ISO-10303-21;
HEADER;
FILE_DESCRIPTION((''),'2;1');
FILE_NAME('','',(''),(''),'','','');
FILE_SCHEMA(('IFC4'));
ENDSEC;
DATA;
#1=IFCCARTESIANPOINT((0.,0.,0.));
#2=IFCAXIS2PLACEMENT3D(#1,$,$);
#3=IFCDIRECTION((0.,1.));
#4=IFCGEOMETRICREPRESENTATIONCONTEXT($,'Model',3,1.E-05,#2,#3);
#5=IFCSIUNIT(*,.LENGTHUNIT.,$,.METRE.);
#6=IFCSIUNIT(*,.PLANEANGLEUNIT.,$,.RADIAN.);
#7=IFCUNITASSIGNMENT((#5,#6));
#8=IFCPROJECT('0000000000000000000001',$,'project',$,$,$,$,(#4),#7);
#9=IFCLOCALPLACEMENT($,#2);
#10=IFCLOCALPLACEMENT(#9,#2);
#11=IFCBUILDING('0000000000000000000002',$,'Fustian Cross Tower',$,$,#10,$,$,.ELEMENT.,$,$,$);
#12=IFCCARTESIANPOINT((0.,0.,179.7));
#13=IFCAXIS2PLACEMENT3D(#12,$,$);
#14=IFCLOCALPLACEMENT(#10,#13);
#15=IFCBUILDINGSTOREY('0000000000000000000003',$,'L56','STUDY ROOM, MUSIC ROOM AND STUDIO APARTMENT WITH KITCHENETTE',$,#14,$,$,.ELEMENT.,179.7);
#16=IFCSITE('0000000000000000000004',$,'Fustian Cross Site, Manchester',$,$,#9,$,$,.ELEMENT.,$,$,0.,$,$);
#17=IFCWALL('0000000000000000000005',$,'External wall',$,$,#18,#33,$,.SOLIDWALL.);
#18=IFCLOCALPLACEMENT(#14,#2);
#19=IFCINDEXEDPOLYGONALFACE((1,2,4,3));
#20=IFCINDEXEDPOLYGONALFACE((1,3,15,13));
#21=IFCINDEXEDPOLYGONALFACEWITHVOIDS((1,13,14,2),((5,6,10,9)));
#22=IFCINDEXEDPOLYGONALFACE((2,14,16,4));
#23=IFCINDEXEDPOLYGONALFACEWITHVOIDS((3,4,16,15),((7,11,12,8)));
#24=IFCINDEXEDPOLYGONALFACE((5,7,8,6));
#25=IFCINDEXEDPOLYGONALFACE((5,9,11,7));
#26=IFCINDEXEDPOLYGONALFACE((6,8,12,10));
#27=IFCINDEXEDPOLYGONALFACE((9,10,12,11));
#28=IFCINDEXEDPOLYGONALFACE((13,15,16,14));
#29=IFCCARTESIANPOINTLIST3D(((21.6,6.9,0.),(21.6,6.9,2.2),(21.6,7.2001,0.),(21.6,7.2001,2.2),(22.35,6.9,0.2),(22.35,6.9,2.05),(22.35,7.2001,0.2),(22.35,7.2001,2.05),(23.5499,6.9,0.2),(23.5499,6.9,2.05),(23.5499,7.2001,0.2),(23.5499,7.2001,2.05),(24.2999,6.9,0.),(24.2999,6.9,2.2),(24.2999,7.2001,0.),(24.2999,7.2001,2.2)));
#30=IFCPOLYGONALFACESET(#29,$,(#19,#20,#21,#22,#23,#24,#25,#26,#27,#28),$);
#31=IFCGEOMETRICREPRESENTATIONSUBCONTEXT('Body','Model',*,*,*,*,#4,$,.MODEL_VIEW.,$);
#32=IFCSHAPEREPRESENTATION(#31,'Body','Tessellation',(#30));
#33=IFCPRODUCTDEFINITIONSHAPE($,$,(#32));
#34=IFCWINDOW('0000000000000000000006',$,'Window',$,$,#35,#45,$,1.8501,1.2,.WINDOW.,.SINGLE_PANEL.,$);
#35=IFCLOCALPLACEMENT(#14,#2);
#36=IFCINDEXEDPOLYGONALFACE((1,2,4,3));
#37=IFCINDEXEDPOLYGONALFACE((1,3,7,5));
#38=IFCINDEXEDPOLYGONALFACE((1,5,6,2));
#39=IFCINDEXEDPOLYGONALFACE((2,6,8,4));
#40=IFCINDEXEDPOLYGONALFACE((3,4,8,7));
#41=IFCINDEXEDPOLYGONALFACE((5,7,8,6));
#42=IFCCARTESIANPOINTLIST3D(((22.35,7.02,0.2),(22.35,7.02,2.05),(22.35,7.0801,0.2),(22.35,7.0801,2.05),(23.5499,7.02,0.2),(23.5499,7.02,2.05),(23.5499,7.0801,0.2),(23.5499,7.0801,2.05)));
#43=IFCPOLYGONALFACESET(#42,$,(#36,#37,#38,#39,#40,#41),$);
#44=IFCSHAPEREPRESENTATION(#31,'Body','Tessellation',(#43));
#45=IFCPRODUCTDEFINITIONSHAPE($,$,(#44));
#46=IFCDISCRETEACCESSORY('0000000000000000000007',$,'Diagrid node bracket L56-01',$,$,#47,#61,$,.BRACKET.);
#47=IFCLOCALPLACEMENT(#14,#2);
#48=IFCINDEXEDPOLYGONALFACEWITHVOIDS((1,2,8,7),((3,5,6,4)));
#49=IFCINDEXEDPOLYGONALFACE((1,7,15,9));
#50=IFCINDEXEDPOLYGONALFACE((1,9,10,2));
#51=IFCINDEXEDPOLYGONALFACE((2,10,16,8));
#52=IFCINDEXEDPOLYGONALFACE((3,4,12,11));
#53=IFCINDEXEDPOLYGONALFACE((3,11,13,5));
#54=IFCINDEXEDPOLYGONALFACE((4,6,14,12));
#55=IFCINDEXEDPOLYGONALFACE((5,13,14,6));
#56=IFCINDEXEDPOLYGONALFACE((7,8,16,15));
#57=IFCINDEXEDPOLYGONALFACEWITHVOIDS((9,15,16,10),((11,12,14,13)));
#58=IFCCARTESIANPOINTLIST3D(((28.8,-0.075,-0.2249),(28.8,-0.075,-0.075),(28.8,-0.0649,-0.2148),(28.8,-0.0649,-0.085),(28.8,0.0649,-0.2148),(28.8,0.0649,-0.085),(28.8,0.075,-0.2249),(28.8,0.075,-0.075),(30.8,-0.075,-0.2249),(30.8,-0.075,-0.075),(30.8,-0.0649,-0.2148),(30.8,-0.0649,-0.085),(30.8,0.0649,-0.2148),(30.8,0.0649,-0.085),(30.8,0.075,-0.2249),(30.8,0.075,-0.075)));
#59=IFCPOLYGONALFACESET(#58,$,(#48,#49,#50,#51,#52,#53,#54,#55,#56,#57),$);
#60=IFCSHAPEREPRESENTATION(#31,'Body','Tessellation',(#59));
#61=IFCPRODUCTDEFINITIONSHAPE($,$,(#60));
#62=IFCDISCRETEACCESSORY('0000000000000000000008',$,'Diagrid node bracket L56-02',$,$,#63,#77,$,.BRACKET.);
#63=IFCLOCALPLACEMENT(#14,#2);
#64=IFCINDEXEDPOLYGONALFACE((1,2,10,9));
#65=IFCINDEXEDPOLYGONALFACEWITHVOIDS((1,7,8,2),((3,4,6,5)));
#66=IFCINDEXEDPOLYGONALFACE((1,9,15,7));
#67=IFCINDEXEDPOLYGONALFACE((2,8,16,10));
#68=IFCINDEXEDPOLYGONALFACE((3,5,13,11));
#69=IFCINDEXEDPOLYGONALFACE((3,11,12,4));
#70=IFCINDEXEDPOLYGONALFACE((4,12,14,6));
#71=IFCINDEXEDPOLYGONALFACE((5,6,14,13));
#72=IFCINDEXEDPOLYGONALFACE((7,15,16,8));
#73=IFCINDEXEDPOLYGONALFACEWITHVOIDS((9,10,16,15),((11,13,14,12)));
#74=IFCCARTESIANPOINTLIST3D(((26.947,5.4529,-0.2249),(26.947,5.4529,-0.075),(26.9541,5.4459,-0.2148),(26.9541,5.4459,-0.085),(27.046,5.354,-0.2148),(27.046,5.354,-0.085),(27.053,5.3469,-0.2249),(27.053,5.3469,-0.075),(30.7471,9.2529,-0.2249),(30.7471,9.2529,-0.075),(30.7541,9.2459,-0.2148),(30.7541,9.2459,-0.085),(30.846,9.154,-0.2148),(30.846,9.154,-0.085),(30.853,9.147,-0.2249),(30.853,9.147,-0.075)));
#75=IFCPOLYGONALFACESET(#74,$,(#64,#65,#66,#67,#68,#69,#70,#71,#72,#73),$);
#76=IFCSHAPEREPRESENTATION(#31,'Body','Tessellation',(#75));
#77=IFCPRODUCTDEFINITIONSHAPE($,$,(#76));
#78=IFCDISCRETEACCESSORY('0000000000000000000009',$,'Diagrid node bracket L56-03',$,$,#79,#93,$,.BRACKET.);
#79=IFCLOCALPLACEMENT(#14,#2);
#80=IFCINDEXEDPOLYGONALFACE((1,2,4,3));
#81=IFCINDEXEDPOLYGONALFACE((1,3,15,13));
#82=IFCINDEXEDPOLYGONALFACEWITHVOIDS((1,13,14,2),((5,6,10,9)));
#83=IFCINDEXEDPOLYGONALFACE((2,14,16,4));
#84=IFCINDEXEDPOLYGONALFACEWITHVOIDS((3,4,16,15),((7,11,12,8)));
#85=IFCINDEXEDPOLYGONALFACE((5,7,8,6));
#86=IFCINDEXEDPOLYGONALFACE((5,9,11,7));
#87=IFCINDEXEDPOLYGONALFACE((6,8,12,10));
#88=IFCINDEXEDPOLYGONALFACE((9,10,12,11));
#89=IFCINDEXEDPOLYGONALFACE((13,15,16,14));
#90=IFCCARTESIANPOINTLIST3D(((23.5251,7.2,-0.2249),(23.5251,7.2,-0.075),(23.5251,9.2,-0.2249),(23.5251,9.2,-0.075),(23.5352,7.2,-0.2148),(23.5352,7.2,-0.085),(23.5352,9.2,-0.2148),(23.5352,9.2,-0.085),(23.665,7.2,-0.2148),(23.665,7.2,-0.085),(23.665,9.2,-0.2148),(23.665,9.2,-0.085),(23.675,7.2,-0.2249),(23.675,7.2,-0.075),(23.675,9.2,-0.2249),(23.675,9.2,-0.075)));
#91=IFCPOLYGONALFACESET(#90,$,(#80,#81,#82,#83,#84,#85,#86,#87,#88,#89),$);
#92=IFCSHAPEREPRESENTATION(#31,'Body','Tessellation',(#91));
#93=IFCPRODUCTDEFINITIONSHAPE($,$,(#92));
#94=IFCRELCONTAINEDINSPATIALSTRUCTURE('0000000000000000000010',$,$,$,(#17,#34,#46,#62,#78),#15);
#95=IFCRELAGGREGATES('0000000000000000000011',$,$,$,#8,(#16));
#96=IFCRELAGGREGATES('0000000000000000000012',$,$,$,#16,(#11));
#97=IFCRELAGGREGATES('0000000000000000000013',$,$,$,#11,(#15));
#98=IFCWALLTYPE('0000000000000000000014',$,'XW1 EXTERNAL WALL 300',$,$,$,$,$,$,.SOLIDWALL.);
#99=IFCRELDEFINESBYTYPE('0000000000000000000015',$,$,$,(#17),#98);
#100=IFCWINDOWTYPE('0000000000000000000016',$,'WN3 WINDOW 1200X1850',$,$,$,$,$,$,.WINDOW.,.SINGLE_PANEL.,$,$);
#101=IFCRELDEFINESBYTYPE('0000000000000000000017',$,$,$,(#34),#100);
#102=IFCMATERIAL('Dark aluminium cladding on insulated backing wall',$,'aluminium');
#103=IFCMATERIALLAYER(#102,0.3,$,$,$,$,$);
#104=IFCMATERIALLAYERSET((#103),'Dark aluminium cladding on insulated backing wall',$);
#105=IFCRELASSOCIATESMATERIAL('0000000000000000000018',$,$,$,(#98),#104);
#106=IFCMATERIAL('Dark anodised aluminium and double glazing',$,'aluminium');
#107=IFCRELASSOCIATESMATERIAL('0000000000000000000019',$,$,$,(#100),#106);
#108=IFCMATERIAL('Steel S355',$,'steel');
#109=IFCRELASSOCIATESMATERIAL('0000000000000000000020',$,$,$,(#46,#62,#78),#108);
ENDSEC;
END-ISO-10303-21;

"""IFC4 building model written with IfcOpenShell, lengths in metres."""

from ifc_helpers import new_model, si_unit, direction, frame, frame_2d, origin, origin_2d, place, context, subcontext, project, spatial, rectangle, hollow_rectangle, extrude, material, layer, layer_set, type_object, element, fill, save


model = new_model("IFC4")

# Units and contexts
model_context = context("Model", 3, precision=1e-05, world=origin(), true_north=direction((0.0, 1.0)))
body_context = subcontext(model_context, "Body", "Model", "MODEL_VIEW")
ifc_project = project(units=[si_unit("LENGTHUNIT", "METRE"), si_unit("PLANEANGLEUNIT", "RADIAN")], contexts=[model_context])

# Site, building, storey
site_placement = place(None, origin())
site = spatial("IfcSite", under=ifc_project, at=site_placement, Name="Fustian Cross Site, Manchester", CompositionType="ELEMENT", RefElevation=0.0)
building_placement = place(site_placement, origin())
building = spatial("IfcBuilding", under=site, at=building_placement, Name="Fustian Cross Tower", CompositionType="ELEMENT")
storey_placement = place(building_placement, frame((0.0, 0.0, 179.7)))
storey = spatial("IfcBuildingStorey", under=building, at=storey_placement, Name="L56", Description="STUDY ROOM, MUSIC ROOM AND STUDIO APARTMENT WITH KITCHENETTE", CompositionType="ELEMENT", Elevation=179.7)

# Shared definitions
ifc_material_1 = material(Name="Dark aluminium cladding on insulated backing wall", Category="aluminium")
ifc_layer_1 = layer(ifc_material_1, 0.3)
ifc_layer_set_1 = layer_set([ifc_layer_1], Name="Dark aluminium cladding on insulated backing wall")
wall_type_1 = type_object("IfcWallType", Name="XW1 EXTERNAL WALL 300", PredefinedType="SOLIDWALL", material=ifc_layer_set_1)

# Shared definitions
ifc_material_2 = material(Name="Dark anodised aluminium and double glazing", Category="aluminium")
window_type = type_object("IfcWindowType", Name="WN3 WINDOW 1200X1850", PartitioningType="SINGLE_PANEL", PredefinedType="WINDOW", material=ifc_material_2)

# Wall, opening, window
wall_1_placement = place(storey_placement, frame((24.3, 7.05, 0.0), z_axis=(0.0, 0.0, 1.0), x_axis=(-1.0, 0.0, 0.0)))
wall_1 = element("IfcWall", 1, at=wall_1_placement, inside=storey, type_object=wall_type_1, Name="External wall", PredefinedType="SOLIDWALL", context=body_context, shape_type="SweptSolid", body=[
    extrude(rectangle(XDim=2.7, YDim=0.3, at=frame_2d((1.3501, 0.0))), origin(), (0.0, 0.0, 1.0), 2.2),
])
opening_1_placement = place(wall_1_placement, frame((0.75, 0.0, 0.2)))
opening_1 = element("IfcOpeningElement", 2, at=opening_1_placement, cuts=wall_1, PredefinedType="OPENING", context=body_context, shape_type="SweptSolid", body=[
    extrude(rectangle(XDim=1.2, YDim=1.8501, at=frame_2d((0.6001, 0.925))), frame((0.0, 0.1599, 0.0), z_axis=(0.0, -1.0, 0.0), x_axis=(1.0, 0.0, 0.0)), (0.0, 0.0, 1.0), 0.3201),
])
window_1_placement = place(opening_1_placement, origin())
window_1 = element("IfcWindow", 3, at=window_1_placement, inside=storey, type_object=window_type, Name="Window", OverallHeight=1.8501, OverallWidth=1.2, PartitioningType="SINGLE_PANEL", PredefinedType="WINDOW", context=body_context, shape_type="SweptSolid", body=[
    extrude(rectangle(XDim=1.2, YDim=1.8501, at=frame_2d((0.6001, 0.925))), frame((0.0, 0.03, 0.0), z_axis=(0.0, -1.0, 0.0), x_axis=(1.0, 0.0, 0.0)), (0.0, 0.0, 1.0), 0.0601),
])
fill(opening_1, window_1)

# Discrete accessories
ifc_material_3 = material(Name="Steel S355", Category="steel")
discrete_accessory_1_placement = place(storey_placement, frame((30.8, 0.0, -0.1499), z_axis=(-1.0, 0.0, 0.0), x_axis=(0.0, -1.0, 0.0)))
element("IfcDiscreteAccessory", 4, at=discrete_accessory_1_placement, inside=storey, material=ifc_material_3, Name="Diagrid node bracket L56-01", PredefinedType="BRACKET", context=body_context, shape_type="SweptSolid", body=[
    extrude(hollow_rectangle(XDim=0.1499, YDim=0.1499, WallThickness=0.01, at=origin_2d()), origin(), (0.0, 0.0, 1.0), 2.0),
])
discrete_accessory_2_placement = place(storey_placement, frame((30.8, 9.2, -0.1499), z_axis=(-0.707107, -0.707107, 0.0), x_axis=(0.707107, -0.707107, 0.0)))
element("IfcDiscreteAccessory", 5, at=discrete_accessory_2_placement, inside=storey, material=ifc_material_3, Name="Diagrid node bracket L56-02", PredefinedType="BRACKET", context=body_context, shape_type="SweptSolid", body=[
    extrude(hollow_rectangle(XDim=0.1499, YDim=0.1499, WallThickness=0.01, at=origin_2d()), origin(), (0.0, 0.0, 1.0), 5.374),
])
discrete_accessory_3_placement = place(storey_placement, frame((23.6001, 9.2, -0.1499), z_axis=(0.0, -1.0, 0.0), x_axis=(1.0, 0.0, 0.0)))
element("IfcDiscreteAccessory", 6, at=discrete_accessory_3_placement, inside=storey, material=ifc_material_3, Name="Diagrid node bracket L56-03", PredefinedType="BRACKET", context=body_context, shape_type="SweptSolid", body=[
    extrude(hollow_rectangle(XDim=0.1499, YDim=0.1499, WallThickness=0.01, at=origin_2d()), origin(), (0.0, 0.0, 1.0), 2.0),
])

save(model, "model.ifc")
